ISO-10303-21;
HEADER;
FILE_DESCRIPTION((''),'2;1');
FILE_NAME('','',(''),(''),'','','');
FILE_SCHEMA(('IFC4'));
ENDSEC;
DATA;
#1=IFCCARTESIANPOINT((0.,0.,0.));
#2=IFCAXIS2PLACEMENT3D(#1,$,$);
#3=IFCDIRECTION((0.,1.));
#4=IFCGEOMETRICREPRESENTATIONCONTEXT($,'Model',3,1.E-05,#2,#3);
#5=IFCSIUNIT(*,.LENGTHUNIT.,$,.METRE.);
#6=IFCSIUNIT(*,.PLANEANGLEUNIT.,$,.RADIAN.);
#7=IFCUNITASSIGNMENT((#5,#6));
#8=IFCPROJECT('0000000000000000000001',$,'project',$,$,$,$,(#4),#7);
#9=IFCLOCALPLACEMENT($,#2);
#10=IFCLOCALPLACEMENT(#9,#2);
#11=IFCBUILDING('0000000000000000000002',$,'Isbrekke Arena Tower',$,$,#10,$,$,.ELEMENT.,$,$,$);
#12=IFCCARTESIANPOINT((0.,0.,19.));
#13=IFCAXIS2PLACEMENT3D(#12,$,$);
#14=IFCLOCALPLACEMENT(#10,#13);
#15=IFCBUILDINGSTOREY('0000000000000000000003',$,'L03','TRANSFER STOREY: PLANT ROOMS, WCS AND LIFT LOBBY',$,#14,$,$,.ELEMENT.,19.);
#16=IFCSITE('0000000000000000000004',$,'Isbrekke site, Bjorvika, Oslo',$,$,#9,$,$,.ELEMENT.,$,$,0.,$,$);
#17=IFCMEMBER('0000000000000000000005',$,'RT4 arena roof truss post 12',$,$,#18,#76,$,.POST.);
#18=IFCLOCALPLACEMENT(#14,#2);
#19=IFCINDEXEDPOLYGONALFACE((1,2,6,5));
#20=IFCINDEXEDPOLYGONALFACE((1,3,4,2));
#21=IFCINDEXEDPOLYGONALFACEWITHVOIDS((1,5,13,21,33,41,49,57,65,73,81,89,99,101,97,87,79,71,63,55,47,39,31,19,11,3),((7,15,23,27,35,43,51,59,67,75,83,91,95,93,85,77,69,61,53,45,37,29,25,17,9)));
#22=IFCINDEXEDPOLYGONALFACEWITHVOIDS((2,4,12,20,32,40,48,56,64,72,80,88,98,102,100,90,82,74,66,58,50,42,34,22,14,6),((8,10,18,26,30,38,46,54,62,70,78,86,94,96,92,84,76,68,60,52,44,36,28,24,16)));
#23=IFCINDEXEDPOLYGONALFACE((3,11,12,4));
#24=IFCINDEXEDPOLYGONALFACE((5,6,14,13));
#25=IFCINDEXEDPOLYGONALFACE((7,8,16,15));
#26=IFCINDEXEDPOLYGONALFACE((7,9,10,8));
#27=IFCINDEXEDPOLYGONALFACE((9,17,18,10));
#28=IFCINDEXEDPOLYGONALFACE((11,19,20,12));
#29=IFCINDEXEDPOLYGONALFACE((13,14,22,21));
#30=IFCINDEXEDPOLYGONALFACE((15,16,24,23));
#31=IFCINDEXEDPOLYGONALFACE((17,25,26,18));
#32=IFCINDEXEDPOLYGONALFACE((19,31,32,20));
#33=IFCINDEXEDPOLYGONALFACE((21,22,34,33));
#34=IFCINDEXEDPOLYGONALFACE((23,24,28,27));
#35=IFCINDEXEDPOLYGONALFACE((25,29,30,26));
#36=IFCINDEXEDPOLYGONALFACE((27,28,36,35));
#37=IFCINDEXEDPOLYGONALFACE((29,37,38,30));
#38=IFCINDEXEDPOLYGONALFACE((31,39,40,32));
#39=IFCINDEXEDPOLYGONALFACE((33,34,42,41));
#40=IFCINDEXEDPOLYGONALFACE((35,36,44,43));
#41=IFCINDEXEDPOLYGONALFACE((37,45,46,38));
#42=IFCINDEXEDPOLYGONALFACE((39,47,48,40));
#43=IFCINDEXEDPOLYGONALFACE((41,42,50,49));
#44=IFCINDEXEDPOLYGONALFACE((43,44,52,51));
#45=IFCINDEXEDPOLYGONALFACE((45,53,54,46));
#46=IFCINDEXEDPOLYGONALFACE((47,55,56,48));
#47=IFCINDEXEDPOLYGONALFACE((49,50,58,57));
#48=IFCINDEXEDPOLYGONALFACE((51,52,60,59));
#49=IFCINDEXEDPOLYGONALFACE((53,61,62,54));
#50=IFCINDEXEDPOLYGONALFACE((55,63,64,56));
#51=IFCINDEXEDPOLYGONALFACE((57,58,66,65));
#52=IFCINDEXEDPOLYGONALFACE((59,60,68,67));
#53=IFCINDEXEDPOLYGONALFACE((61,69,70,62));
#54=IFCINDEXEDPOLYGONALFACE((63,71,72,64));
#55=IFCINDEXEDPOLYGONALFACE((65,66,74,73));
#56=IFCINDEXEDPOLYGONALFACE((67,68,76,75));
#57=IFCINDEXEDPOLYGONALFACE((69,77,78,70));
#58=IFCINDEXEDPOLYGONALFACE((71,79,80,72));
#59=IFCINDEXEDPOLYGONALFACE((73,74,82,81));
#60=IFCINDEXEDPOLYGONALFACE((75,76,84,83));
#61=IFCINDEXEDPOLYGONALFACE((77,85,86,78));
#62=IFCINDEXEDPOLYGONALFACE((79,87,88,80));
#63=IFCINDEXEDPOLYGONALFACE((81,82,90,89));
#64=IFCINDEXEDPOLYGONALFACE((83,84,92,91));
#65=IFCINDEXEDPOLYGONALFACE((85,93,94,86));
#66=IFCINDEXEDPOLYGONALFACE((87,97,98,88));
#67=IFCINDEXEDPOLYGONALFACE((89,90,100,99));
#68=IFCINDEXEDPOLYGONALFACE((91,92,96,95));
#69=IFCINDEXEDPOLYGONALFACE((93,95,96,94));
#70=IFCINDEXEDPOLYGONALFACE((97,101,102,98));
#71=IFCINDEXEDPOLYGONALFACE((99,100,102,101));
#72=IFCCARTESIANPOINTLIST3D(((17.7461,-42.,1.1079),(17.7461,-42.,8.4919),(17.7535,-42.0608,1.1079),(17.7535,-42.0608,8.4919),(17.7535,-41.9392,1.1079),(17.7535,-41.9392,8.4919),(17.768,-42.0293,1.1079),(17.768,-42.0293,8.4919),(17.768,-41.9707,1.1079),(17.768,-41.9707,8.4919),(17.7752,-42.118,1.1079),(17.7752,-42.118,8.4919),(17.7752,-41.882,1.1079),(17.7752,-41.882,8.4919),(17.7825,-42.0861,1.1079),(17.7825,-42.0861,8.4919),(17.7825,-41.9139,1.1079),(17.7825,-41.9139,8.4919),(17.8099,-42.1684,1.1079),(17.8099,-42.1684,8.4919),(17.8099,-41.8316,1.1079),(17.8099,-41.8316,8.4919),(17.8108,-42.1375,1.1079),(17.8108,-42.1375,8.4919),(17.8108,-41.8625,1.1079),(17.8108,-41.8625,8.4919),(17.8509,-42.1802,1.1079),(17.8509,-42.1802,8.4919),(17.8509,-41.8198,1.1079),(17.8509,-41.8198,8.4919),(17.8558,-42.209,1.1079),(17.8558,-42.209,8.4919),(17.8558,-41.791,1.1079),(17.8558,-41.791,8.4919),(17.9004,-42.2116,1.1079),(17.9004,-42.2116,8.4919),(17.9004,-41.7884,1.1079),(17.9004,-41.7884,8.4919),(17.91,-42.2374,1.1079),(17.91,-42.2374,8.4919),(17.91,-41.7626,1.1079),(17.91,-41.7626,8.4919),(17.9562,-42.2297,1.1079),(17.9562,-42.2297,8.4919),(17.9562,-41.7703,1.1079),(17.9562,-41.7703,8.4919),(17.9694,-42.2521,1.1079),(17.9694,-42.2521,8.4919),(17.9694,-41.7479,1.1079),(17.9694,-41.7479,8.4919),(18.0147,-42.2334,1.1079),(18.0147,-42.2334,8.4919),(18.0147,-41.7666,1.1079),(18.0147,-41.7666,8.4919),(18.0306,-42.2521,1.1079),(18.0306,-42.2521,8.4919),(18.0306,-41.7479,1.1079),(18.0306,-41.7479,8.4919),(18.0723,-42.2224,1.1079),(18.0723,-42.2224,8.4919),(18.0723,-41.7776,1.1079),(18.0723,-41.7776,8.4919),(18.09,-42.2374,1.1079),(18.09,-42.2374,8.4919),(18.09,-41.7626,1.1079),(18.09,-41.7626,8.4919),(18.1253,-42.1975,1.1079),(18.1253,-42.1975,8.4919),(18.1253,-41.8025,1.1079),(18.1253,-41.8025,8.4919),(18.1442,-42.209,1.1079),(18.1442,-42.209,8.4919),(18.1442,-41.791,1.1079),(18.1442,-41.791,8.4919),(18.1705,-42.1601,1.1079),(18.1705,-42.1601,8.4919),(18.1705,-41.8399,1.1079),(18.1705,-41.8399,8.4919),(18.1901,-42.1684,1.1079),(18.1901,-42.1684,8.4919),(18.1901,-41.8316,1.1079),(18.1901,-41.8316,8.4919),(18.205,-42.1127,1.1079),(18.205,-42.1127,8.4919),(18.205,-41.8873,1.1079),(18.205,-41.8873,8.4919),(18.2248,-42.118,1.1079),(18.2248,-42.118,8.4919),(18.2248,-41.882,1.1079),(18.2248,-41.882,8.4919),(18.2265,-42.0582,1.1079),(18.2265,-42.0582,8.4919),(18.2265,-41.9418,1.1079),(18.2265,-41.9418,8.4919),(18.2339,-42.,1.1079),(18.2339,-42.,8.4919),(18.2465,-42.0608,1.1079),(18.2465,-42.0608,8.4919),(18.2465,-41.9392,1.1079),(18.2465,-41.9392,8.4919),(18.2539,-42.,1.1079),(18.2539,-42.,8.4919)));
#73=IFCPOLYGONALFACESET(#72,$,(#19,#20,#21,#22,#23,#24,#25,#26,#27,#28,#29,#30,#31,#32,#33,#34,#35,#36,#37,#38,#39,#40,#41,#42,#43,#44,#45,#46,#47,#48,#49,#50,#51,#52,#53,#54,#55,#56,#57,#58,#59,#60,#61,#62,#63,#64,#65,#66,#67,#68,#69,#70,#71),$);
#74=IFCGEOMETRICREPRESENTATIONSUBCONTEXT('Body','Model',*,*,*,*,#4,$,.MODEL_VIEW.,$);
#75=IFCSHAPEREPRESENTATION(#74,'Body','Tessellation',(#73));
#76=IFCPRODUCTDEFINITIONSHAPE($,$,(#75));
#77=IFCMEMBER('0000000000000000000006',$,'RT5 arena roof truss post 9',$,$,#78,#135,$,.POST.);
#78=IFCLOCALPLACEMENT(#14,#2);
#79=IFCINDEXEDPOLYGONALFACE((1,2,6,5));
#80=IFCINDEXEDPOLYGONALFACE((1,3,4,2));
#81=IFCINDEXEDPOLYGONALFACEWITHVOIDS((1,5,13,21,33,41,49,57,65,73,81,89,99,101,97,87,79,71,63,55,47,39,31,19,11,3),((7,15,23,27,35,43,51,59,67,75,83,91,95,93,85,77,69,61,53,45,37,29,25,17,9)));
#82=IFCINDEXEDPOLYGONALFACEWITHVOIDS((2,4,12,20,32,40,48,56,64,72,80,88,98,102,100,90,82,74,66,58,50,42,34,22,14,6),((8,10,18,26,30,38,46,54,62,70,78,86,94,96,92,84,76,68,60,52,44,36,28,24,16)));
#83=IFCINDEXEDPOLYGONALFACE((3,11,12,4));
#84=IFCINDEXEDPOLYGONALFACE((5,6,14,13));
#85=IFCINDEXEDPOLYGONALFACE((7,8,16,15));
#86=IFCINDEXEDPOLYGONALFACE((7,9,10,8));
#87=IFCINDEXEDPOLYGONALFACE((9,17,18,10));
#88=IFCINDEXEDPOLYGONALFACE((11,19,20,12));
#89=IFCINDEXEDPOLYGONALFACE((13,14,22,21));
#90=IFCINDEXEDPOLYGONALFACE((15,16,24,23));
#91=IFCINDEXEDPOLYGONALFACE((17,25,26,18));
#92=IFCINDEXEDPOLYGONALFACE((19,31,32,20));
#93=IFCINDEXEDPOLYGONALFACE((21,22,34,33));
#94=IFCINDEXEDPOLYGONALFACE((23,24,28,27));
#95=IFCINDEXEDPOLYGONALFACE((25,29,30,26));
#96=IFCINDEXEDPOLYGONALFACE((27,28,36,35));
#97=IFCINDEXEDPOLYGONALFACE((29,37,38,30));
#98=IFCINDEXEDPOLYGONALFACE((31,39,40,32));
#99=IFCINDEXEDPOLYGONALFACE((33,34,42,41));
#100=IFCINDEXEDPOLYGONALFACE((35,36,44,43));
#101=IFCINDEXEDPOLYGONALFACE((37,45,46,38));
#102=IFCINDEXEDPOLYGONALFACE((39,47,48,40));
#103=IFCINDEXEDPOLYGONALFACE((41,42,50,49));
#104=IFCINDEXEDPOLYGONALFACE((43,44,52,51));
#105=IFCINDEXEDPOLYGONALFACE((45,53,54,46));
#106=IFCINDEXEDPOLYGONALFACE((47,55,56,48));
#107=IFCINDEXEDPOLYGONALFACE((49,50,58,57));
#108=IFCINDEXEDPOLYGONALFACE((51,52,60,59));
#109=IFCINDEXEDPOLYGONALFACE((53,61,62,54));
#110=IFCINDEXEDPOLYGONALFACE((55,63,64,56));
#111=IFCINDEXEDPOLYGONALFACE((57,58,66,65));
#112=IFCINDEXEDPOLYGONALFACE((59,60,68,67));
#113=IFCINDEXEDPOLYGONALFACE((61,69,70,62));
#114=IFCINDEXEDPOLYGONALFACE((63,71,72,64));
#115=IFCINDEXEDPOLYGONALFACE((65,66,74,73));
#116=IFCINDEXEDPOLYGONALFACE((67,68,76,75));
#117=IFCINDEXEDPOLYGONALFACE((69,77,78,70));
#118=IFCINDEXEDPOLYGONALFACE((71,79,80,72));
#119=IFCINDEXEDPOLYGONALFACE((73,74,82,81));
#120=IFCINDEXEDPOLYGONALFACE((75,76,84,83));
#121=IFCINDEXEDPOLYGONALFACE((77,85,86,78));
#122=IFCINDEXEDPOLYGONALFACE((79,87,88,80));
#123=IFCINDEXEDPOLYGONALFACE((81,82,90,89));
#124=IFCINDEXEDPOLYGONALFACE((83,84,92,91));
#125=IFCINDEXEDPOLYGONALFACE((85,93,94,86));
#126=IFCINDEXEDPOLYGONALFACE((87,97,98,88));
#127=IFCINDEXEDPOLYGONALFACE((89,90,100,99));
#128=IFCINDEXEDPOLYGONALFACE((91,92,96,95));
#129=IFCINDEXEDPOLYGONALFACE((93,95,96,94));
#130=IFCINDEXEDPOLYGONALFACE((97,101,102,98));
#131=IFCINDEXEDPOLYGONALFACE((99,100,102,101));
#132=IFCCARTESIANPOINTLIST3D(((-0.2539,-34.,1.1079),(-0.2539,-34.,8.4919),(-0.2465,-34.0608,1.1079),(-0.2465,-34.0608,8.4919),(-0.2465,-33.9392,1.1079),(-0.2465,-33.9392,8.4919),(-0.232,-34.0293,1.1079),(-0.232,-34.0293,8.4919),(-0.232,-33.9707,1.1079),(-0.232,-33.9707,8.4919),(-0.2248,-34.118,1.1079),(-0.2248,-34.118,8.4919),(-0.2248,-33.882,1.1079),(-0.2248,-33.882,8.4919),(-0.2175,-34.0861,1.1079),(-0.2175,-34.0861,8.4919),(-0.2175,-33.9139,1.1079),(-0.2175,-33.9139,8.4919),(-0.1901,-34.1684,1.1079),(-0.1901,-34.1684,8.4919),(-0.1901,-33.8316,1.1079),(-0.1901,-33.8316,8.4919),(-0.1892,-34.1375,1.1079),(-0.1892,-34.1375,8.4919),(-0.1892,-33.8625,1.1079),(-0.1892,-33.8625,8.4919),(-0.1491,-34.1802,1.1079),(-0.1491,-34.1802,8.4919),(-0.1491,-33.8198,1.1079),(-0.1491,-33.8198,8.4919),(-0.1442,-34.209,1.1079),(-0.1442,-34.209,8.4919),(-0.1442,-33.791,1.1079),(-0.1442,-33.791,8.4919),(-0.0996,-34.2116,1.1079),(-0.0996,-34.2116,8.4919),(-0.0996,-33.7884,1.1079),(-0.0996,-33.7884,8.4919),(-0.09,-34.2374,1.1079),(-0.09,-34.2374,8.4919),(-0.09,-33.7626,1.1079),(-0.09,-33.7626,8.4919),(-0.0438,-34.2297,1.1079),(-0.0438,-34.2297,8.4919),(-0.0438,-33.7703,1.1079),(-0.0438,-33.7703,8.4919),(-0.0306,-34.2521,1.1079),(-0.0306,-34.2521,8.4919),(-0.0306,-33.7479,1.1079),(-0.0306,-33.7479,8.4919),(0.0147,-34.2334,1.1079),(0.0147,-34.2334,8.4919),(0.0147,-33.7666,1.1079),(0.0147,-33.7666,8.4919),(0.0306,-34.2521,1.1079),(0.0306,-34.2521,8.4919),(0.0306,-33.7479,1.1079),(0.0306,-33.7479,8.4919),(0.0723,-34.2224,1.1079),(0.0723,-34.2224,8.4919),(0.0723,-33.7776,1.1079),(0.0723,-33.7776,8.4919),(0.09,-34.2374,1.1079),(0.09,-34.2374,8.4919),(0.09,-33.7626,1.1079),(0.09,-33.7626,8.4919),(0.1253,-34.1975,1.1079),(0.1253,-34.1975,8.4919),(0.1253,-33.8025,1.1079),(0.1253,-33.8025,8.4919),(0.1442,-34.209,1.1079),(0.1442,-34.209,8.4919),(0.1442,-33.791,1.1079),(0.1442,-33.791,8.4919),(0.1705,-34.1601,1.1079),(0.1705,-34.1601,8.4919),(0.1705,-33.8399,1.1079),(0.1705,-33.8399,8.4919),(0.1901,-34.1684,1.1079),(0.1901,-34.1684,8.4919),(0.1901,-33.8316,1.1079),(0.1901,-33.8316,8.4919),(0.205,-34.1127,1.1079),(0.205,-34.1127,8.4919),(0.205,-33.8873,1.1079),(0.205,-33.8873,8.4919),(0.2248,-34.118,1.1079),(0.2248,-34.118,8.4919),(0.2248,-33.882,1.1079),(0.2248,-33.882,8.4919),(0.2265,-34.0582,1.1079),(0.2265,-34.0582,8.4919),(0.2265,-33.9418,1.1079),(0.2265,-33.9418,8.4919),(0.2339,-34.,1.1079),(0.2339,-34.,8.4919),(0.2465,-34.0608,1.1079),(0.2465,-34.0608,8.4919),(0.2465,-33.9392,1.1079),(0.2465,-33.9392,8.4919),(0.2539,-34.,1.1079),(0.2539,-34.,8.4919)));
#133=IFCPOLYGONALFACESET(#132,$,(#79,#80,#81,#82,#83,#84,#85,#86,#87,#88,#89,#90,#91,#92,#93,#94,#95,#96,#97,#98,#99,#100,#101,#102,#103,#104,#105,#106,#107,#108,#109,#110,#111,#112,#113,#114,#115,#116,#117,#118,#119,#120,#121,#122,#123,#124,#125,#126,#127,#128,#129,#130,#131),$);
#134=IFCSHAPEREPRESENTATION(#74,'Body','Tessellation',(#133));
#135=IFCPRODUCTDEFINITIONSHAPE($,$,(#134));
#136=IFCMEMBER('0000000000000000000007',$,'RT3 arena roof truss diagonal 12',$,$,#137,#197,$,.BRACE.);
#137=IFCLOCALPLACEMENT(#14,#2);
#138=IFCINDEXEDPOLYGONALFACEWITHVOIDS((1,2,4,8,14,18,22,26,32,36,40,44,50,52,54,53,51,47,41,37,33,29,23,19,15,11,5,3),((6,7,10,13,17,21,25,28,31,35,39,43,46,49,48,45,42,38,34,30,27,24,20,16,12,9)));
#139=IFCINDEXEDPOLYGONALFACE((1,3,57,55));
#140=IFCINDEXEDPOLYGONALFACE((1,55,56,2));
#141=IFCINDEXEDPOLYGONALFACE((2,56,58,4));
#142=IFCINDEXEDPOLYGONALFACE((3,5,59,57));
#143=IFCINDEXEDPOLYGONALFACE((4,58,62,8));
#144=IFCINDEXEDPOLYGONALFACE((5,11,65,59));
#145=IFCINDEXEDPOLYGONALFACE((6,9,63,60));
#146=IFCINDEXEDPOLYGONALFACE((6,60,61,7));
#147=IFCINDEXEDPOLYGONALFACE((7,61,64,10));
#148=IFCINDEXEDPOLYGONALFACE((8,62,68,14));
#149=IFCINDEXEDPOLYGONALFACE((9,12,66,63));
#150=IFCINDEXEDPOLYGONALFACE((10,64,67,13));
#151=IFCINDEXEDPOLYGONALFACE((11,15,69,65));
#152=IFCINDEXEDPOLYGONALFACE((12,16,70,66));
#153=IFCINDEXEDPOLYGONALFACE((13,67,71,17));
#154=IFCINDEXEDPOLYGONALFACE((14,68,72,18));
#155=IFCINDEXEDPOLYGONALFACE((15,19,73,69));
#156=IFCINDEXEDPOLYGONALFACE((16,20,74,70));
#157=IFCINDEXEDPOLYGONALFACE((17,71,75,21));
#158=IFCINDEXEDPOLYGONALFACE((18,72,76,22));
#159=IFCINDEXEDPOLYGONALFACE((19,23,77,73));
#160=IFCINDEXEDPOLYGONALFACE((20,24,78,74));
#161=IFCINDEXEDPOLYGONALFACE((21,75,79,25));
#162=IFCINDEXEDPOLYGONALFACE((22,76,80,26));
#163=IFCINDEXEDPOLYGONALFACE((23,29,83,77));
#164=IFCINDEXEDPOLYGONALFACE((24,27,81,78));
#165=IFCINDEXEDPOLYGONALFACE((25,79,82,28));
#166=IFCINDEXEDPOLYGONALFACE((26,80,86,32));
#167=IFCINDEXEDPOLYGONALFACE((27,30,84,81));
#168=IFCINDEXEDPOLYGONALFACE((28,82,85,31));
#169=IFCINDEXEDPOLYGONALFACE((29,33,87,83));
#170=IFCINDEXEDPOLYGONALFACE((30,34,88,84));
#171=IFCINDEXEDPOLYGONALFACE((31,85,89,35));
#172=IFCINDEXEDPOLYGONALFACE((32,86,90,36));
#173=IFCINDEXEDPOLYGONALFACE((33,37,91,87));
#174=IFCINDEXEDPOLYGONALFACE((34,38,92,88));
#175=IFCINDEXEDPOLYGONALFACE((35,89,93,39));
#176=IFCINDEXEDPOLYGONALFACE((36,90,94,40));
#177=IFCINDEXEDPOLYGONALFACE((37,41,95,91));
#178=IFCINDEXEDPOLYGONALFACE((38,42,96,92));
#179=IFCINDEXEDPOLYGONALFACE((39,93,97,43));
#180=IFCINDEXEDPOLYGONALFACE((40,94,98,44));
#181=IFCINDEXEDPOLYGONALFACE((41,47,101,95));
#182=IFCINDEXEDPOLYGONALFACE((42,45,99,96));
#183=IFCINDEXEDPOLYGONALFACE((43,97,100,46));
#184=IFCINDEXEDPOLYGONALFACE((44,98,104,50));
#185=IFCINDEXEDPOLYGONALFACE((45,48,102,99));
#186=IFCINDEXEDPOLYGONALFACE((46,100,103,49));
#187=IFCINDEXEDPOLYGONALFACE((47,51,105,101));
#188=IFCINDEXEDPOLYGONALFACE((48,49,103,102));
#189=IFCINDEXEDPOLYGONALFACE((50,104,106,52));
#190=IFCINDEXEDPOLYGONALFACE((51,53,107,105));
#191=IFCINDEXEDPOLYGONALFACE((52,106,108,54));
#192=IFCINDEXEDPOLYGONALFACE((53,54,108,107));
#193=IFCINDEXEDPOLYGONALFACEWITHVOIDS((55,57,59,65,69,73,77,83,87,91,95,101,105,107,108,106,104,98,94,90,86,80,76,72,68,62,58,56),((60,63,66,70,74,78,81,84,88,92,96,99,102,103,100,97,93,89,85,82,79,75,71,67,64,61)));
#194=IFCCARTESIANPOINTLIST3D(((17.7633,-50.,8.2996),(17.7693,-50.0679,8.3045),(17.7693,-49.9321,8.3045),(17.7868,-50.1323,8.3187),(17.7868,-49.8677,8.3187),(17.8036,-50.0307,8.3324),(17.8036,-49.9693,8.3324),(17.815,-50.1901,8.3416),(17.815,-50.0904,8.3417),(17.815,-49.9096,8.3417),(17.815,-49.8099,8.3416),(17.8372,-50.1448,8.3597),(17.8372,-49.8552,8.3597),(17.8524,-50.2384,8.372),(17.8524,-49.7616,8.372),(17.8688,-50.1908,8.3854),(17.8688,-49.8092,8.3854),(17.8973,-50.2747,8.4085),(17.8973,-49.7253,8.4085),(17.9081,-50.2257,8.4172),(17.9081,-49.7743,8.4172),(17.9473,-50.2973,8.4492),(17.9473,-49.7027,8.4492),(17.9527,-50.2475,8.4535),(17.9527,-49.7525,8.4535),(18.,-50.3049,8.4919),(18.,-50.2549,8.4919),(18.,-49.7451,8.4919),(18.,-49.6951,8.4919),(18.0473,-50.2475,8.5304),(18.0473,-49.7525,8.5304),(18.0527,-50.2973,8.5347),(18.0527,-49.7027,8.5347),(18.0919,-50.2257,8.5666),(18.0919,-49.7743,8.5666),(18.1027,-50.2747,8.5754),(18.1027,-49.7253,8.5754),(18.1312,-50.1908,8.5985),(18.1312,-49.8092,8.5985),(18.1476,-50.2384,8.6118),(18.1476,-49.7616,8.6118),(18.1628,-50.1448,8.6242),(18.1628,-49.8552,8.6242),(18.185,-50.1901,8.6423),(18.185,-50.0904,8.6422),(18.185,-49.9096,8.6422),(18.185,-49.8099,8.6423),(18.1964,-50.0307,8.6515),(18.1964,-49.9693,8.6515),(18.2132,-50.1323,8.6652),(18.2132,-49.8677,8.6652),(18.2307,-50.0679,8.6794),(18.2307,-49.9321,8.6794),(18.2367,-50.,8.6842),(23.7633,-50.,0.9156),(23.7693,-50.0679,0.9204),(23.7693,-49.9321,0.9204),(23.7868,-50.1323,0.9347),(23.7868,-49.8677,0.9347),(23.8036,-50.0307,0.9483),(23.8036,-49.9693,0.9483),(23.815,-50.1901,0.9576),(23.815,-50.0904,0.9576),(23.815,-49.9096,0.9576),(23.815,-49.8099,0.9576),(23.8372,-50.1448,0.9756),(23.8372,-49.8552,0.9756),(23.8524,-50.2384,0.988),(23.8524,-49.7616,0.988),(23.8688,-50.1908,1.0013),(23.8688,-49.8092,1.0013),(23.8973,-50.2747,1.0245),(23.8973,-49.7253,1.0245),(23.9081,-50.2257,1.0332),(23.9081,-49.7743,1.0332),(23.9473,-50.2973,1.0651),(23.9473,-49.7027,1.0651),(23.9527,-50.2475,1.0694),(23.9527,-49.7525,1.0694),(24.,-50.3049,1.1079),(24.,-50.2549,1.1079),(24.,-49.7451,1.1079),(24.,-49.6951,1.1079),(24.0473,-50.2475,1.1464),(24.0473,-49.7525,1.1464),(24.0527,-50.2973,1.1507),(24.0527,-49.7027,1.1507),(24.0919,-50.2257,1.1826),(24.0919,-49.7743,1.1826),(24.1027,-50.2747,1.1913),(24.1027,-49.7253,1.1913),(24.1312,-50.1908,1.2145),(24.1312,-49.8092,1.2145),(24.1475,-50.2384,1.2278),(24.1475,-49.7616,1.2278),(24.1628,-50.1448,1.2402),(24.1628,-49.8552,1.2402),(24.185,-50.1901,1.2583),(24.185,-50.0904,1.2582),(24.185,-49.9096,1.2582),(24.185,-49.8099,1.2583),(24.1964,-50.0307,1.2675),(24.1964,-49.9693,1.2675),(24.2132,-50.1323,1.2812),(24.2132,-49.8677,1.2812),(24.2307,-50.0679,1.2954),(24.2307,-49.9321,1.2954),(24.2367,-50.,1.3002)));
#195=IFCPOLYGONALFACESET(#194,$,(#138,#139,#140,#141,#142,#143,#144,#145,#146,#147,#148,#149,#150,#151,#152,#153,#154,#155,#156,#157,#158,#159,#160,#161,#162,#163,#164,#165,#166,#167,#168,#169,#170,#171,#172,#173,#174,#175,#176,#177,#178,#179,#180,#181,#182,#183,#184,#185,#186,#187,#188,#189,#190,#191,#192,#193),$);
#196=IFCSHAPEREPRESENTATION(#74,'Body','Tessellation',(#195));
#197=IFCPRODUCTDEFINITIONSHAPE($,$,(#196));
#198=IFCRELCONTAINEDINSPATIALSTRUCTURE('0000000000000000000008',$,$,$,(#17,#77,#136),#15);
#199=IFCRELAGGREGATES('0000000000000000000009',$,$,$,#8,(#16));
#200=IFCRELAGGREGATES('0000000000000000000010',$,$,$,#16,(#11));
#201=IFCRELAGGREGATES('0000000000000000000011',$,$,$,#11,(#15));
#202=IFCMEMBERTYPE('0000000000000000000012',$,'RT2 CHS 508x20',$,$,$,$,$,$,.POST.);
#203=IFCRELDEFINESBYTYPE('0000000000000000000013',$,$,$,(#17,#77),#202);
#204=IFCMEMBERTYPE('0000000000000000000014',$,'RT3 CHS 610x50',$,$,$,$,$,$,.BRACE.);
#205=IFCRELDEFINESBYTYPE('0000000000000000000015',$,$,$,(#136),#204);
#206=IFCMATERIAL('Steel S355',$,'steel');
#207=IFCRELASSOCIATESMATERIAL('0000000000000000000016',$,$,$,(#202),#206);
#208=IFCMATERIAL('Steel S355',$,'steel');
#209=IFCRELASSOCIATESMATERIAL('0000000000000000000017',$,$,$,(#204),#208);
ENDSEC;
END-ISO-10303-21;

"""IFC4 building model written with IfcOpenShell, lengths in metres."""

from ifc_helpers import new_model, si_unit, direction, frame, origin, origin_2d, place, context, subcontext, project, spatial, hollow_circle, extrude, material, material_profile, profile_set, type_object, element, save


model = new_model("IFC4")

# Units and contexts
model_context = context("Model", 3, precision=1e-05, world=origin(), true_north=direction((0.0, 1.0)))
body_context = subcontext(model_context, "Body", "Model", "MODEL_VIEW")
ifc_project = project(units=[si_unit("LENGTHUNIT", "METRE"), si_unit("PLANEANGLEUNIT", "RADIAN")], contexts=[model_context])

# Site, building, storey
site_placement = place(None, origin())
site = spatial("IfcSite", under=ifc_project, at=site_placement, Name="Isbrekke site, Bjorvika, Oslo", CompositionType="ELEMENT", RefElevation=0.0)
building_placement = place(site_placement, origin())
building = spatial("IfcBuilding", under=site, at=building_placement, Name="Isbrekke Arena Tower", CompositionType="ELEMENT")
storey_placement = place(building_placement, frame((0.0, 0.0, 19.0)))
storey = spatial("IfcBuildingStorey", under=building, at=storey_placement, Name="L03", Description="TRANSFER STOREY: PLANT ROOMS, WCS AND LIFT LOBBY", CompositionType="ELEMENT", Elevation=19.0)

# Members
ifc_material_1 = material(Name="Steel S355", Category="steel")
ifc_material_profile_1 = material_profile(ifc_material_1, hollow_circle(Radius=0.2539, WallThickness=0.02, at=origin_2d()), Name="CHS 508x20")
ifc_profile_set_1 = profile_set([ifc_material_profile_1], Name="Steel S355")
member_type_1 = type_object("IfcMemberType", Name="RT2 CHS 508x20", PredefinedType="POST", material=ifc_profile_set_1)
for number, where, z_axis, x_axis, name in (
    (1, (18.0, -42.0, 1.1079), (0.0, 0.0, 1.0), (1.0, 0.0, 0.0), "RT4 arena roof truss post 12"),
    (2, (0.0, -34.0, 1.1079), (0.0, 0.0, 1.0), (1.0, 0.0, 0.0), "RT5 arena roof truss post 9"),
):
    element("IfcMember", number, at=place(storey_placement, frame(where, z_axis=z_axis, x_axis=x_axis)), inside=storey, type_object=member_type_1, Name=name, PredefinedType="POST", context=body_context, shape_type="SweptSolid", body=[
        extrude(hollow_circle(Radius=0.2539, WallThickness=0.02, at=origin_2d()), origin(), (0.0, 0.0, 1.0), 7.384),
    ])
ifc_material_2 = material(Name="Steel S355", Category="steel")
ifc_material_profile_2 = material_profile(ifc_material_2, hollow_circle(Radius=0.3049, WallThickness=0.05, at=origin_2d()), Name="CHS 610x50")
ifc_profile_set_2 = profile_set([ifc_material_profile_2], Name="Steel S355")
member_type_2 = type_object("IfcMemberType", Name="RT3 CHS 610x50", PredefinedType="BRACE", material=ifc_profile_set_2)
for number, where, z_axis, x_axis, name in (
    (3, (18.0, -50.0, 8.4919), (0.630623, 0.0, -0.77609), (0.0, 1.0, 0.0), "RT3 arena roof truss diagonal 12"),
):
    element("IfcMember", number, at=place(storey_placement, frame(where, z_axis=z_axis, x_axis=x_axis)), inside=storey, type_object=member_type_2, Name=name, PredefinedType="BRACE", context=body_context, shape_type="SweptSolid", body=[
        extrude(hollow_circle(Radius=0.3049, WallThickness=0.05, at=origin_2d()), origin(), (0.0, 0.0, 1.0), 9.5144),
    ])

save(model, "model.ifc")
